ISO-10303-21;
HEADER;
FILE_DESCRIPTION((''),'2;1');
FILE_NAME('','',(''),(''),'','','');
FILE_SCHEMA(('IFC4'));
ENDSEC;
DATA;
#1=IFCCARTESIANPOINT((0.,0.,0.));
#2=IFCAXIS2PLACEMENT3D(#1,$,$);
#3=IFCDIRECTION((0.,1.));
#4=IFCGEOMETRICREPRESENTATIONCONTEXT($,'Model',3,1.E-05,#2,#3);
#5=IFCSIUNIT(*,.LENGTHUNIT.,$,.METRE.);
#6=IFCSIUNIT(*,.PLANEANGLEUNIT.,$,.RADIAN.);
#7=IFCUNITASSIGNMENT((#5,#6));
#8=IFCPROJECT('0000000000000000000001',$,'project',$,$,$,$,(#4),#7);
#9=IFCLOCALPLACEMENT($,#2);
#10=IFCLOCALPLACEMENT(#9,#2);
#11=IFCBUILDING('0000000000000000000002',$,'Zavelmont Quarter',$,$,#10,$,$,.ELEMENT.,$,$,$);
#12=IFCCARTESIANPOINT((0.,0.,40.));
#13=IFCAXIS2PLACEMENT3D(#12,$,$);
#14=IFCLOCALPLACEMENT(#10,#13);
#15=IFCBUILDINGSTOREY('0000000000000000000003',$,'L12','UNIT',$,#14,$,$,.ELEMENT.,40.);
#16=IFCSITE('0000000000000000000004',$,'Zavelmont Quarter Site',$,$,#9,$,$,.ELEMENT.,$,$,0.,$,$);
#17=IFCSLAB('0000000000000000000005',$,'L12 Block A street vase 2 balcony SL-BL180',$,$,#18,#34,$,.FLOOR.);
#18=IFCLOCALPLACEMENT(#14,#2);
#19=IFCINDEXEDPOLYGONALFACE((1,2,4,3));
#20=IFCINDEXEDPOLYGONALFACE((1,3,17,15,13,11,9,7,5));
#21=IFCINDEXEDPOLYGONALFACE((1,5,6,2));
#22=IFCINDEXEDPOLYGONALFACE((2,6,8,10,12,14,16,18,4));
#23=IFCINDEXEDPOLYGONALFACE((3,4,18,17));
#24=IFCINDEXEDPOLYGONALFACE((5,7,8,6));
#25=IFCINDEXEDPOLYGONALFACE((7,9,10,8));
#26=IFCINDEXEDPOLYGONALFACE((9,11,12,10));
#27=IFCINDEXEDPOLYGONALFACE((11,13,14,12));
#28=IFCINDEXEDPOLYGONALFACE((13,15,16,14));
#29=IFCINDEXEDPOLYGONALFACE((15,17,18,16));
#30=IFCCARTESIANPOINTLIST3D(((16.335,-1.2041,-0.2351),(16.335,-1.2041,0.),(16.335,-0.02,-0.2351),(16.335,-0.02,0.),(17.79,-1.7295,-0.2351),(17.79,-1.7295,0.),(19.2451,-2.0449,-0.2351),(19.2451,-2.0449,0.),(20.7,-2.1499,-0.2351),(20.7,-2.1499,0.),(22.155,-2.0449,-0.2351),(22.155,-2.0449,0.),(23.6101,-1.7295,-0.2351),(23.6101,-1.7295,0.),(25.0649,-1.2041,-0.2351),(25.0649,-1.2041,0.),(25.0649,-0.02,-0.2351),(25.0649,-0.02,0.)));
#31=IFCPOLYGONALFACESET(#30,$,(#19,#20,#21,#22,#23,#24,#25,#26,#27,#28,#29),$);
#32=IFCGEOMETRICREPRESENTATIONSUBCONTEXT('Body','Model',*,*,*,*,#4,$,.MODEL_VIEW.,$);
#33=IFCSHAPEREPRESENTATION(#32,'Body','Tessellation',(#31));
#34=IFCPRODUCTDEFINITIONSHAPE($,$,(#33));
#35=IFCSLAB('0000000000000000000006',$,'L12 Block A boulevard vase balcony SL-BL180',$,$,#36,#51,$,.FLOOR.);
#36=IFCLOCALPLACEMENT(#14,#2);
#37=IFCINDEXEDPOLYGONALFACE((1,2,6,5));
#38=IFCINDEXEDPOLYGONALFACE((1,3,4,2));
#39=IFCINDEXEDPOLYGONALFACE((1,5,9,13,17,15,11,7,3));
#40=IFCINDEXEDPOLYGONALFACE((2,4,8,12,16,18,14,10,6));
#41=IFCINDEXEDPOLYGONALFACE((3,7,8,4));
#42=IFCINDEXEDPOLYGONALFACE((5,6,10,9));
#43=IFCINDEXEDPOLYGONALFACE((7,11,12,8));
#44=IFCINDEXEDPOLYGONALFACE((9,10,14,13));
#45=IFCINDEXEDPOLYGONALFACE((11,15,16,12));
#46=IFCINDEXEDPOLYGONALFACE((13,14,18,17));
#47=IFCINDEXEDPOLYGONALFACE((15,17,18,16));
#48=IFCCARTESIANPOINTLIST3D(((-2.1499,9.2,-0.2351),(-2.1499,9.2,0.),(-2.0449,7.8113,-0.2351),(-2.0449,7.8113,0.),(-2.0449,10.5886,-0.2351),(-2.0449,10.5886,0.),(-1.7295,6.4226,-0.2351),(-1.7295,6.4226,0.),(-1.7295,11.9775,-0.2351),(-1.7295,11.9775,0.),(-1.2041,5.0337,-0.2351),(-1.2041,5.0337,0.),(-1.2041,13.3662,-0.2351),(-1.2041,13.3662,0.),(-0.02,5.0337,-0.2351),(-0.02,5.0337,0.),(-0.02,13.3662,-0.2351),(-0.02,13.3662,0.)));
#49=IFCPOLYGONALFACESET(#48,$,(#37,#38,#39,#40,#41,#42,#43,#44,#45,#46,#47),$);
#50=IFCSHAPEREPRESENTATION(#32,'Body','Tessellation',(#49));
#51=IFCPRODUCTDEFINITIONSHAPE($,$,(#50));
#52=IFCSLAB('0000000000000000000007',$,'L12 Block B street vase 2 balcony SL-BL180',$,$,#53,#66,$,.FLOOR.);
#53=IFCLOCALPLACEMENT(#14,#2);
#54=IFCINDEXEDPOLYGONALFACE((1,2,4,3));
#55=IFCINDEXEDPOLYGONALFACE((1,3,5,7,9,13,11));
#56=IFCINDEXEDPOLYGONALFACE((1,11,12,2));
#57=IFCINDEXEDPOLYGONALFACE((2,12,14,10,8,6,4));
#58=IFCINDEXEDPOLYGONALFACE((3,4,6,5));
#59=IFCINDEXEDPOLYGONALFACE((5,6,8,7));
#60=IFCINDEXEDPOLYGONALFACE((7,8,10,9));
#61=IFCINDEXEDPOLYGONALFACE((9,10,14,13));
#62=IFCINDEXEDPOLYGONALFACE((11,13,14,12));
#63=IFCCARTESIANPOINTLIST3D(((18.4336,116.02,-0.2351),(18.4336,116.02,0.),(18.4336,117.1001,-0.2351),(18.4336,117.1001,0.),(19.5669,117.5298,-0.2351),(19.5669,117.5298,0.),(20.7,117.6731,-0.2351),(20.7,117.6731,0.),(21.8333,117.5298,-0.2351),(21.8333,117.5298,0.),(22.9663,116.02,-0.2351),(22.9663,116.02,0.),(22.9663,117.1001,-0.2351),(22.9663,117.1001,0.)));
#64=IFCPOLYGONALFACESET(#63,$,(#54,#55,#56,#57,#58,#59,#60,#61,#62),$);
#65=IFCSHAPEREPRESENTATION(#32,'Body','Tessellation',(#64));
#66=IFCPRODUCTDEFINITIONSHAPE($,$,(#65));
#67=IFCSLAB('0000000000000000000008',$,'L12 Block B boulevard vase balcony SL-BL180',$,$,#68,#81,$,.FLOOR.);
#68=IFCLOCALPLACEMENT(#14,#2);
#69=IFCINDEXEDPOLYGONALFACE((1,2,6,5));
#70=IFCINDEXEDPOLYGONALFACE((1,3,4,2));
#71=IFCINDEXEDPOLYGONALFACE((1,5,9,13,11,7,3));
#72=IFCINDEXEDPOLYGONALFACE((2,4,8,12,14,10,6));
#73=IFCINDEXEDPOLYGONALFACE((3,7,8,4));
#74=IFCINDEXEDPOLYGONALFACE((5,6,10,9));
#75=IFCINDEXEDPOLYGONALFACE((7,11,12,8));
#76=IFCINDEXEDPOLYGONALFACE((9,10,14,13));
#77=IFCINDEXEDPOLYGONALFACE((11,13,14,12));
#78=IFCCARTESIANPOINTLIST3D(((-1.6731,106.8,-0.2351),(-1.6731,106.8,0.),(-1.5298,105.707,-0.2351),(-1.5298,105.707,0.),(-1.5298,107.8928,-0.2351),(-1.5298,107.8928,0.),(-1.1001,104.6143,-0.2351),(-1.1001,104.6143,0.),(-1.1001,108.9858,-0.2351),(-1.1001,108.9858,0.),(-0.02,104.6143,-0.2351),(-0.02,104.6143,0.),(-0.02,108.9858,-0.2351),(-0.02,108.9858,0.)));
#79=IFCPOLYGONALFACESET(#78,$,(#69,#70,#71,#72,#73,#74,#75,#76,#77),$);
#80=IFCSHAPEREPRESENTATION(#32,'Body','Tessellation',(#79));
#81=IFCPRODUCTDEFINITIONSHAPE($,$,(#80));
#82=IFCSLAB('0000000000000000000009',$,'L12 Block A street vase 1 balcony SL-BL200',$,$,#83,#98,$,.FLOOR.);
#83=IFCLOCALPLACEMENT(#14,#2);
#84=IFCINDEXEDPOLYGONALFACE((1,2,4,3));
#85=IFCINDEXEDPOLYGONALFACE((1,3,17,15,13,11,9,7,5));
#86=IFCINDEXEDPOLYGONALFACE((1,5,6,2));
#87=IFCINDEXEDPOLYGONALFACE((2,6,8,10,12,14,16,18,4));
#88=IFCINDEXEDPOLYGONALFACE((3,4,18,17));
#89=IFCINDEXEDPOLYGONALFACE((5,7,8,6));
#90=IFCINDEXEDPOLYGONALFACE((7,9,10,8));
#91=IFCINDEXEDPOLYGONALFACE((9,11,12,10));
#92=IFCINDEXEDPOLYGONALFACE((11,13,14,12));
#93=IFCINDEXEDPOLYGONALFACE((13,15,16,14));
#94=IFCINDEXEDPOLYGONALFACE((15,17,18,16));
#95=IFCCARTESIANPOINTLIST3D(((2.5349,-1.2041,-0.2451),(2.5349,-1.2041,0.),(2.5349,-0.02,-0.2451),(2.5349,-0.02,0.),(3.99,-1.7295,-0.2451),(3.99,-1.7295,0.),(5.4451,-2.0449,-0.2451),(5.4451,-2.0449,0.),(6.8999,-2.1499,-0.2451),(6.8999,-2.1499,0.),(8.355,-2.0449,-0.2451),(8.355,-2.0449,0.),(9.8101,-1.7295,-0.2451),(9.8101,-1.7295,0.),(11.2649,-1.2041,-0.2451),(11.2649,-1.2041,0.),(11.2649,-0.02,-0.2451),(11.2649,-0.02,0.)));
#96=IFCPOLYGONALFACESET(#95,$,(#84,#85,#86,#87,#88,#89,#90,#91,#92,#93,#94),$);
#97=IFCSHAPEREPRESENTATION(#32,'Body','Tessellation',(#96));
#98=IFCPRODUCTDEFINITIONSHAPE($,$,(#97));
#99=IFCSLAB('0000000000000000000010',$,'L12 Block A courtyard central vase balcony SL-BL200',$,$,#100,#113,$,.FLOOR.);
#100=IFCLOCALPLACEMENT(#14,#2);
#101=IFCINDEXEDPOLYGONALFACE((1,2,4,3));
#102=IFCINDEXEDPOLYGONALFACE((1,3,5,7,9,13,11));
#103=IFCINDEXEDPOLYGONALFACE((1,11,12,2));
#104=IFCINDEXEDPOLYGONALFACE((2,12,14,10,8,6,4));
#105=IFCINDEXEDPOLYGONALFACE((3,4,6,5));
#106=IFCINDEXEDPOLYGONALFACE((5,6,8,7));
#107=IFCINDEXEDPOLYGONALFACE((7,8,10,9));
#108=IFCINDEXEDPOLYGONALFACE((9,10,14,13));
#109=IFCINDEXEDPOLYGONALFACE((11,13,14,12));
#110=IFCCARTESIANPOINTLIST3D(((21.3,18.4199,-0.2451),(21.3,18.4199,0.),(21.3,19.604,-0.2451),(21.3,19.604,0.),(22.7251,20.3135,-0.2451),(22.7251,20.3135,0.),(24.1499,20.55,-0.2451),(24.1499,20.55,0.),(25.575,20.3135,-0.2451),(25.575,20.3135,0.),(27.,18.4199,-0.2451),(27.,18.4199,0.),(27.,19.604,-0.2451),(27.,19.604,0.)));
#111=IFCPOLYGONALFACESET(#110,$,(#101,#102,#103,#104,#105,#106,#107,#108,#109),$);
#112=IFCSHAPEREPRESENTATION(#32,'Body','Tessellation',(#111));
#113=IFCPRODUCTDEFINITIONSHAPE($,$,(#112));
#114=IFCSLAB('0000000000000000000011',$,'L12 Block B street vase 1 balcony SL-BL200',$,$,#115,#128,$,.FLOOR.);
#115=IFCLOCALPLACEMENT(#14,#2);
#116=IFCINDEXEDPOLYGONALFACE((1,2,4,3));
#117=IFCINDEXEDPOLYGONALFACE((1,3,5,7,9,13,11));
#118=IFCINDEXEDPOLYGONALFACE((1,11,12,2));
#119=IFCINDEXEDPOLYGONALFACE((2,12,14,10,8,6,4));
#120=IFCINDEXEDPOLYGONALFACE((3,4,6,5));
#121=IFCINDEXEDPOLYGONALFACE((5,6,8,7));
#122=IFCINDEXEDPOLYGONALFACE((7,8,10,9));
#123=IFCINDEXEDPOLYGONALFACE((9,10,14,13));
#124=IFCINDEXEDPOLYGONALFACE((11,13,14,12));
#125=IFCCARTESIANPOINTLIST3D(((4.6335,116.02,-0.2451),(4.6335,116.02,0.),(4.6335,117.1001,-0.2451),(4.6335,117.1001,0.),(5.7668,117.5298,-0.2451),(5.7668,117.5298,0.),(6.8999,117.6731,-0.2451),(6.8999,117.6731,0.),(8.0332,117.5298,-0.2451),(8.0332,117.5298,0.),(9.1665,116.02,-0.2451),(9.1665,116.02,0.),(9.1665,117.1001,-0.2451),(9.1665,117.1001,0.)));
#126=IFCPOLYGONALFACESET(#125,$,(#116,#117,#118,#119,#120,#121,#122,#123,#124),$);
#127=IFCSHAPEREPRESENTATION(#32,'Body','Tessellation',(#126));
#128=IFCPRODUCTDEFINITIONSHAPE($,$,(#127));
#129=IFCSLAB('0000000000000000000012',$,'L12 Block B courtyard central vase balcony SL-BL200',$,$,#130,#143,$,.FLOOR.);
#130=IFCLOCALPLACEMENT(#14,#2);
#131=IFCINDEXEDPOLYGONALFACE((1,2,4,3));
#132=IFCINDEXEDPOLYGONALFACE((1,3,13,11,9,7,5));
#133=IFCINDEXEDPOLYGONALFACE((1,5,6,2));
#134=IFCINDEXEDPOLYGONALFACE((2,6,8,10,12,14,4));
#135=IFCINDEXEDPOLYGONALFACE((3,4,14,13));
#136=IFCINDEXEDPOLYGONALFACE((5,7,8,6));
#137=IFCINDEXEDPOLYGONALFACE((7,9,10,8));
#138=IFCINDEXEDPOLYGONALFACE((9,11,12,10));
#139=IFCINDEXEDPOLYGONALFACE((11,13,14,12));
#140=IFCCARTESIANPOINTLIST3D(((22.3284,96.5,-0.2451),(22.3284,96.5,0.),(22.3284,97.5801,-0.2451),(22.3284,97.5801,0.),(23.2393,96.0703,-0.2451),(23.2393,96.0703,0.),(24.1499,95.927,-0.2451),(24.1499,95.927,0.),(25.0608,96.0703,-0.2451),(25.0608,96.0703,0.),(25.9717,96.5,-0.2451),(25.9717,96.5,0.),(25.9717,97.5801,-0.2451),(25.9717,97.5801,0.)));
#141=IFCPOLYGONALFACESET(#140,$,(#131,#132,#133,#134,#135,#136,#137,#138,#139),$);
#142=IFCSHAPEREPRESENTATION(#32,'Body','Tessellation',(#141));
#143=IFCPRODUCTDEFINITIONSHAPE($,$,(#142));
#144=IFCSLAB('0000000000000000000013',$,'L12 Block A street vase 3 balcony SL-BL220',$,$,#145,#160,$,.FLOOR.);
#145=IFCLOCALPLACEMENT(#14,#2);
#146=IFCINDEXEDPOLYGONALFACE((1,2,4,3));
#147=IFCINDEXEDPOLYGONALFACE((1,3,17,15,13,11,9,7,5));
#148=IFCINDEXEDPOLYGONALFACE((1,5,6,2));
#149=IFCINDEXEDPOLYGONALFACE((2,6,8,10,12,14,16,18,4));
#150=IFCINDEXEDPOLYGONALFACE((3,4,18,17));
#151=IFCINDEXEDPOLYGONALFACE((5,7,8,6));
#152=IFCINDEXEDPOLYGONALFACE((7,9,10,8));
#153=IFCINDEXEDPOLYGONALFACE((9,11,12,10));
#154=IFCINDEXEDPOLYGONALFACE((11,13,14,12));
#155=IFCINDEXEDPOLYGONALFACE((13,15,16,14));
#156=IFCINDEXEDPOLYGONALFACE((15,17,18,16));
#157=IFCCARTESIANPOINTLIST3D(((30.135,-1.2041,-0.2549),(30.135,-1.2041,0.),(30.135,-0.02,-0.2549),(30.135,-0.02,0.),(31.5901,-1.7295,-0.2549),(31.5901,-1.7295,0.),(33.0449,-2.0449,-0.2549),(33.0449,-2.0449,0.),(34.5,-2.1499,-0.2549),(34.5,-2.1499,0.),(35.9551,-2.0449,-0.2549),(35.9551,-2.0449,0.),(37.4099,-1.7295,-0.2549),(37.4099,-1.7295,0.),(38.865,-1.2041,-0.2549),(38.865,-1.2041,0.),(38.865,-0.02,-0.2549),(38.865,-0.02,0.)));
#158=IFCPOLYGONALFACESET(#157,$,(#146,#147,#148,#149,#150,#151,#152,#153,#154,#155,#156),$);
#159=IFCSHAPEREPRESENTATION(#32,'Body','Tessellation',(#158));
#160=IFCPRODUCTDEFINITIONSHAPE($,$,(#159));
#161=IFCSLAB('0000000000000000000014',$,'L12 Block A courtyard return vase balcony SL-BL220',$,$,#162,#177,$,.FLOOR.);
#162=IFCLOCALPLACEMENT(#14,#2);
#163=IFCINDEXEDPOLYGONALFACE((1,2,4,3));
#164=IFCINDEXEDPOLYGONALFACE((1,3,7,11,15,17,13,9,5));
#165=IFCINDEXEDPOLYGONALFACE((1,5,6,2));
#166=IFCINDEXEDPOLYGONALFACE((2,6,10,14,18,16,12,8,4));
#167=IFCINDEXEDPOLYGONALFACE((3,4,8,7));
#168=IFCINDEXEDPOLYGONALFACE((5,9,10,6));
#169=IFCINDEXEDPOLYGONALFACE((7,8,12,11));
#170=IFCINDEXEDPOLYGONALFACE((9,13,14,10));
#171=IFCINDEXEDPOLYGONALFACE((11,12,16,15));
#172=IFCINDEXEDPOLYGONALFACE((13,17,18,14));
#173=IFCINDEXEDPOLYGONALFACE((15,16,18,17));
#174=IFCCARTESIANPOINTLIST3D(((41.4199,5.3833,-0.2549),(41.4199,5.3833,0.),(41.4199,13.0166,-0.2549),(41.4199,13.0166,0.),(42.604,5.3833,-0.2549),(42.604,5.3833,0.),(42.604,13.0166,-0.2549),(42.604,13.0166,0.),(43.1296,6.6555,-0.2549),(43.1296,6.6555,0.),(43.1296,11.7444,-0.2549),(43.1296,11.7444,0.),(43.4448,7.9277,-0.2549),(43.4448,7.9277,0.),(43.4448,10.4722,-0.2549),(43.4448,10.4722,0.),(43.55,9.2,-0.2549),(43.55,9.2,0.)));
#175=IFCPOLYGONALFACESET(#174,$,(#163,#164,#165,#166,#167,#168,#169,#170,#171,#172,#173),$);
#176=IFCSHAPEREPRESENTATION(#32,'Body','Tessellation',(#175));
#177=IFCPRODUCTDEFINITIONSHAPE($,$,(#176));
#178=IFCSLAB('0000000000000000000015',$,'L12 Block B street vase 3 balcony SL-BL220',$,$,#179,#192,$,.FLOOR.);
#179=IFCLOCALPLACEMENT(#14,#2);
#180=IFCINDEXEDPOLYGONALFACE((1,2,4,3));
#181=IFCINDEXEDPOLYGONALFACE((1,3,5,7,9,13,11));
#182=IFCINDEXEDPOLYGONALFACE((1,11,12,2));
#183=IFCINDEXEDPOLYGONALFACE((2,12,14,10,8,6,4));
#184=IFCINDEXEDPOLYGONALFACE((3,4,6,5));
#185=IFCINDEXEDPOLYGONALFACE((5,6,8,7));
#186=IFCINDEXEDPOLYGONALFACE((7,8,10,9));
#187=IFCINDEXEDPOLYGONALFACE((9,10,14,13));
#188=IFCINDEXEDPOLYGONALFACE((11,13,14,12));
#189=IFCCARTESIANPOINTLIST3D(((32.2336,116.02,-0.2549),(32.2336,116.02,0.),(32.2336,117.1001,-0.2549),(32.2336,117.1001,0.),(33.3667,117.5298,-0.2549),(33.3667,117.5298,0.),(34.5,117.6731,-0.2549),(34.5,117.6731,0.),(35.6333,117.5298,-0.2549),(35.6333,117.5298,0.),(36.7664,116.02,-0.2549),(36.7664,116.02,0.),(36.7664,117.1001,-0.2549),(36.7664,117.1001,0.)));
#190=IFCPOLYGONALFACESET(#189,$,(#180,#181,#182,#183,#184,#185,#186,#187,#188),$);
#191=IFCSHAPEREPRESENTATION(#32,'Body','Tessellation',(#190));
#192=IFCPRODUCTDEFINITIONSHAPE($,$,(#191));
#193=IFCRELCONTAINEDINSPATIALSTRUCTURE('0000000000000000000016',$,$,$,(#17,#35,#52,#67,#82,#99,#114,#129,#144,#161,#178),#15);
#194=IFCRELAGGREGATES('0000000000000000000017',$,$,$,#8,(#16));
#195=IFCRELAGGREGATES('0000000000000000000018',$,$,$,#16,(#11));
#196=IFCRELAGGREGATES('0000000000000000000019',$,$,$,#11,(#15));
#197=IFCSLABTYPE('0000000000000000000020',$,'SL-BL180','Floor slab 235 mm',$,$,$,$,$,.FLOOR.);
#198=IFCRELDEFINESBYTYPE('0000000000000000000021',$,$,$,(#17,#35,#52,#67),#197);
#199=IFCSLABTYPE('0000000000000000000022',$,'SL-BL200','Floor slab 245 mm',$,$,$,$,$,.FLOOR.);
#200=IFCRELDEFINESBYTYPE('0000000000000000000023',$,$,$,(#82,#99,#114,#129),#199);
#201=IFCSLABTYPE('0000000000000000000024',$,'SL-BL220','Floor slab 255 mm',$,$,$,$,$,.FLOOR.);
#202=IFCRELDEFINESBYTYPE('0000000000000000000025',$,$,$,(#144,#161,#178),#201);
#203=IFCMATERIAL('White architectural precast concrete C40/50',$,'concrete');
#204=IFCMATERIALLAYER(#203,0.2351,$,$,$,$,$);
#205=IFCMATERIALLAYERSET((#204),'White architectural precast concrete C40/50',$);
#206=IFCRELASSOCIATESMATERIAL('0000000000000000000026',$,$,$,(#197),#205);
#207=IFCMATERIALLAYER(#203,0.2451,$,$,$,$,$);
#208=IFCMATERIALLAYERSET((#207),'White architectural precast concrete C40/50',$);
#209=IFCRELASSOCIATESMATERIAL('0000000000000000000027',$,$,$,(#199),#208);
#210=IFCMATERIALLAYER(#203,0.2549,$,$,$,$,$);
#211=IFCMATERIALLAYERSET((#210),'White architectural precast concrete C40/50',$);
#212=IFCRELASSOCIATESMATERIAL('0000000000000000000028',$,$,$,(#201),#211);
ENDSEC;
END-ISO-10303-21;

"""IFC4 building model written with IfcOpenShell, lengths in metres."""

from ifc_helpers import new_model, si_unit, direction, frame, origin, place, context, subcontext, project, spatial, polyline, outline, extrude, material, layer, layer_set, type_object, element, save


model = new_model("IFC4")

# Units and contexts
model_context = context("Model", 3, precision=1e-05, world=origin(), true_north=direction((0.0, 1.0)))
body_context = subcontext(model_context, "Body", "Model", "MODEL_VIEW")
ifc_project = project(units=[si_unit("LENGTHUNIT", "METRE"), si_unit("PLANEANGLEUNIT", "RADIAN")], contexts=[model_context])

# Site, building, storey
site_placement = place(None, origin())
site = spatial("IfcSite", under=ifc_project, at=site_placement, Name="Zavelmont Quarter Site", CompositionType="ELEMENT", RefElevation=0.0)
building_placement = place(site_placement, origin())
building = spatial("IfcBuilding", under=site, at=building_placement, Name="Zavelmont Quarter", CompositionType="ELEMENT")
storey_placement = place(building_placement, frame((0.0, 0.0, 40.0)))
storey = spatial("IfcBuildingStorey", under=building, at=storey_placement, Name="L12", Description="UNIT", CompositionType="ELEMENT", Elevation=40.0)

# Slabs
ifc_material_1 = material(Name="White architectural precast concrete C40/50", Category="concrete")
ifc_layer_1 = layer(ifc_material_1, 0.2351)
ifc_layer_set_1 = layer_set([ifc_layer_1], Name="White architectural precast concrete C40/50")
slab_type_1 = type_object("IfcSlabType", Name="SL-BL180", Description="Floor slab 235 mm", PredefinedType="FLOOR", material=ifc_layer_set_1)
slab_1_placement = place(storey_placement, frame((0.0, 0.0, -0.2351)))
element("IfcSlab", 1, at=slab_1_placement, inside=storey, type_object=slab_type_1, Name="L12 Block A street vase 2 balcony SL-BL180", PredefinedType="FLOOR", context=body_context, shape_type="SweptSolid", body=[
    extrude(outline(polyline([(16.335, -0.02), (16.335, -1.2041), (17.79, -1.7295), (19.2451, -2.0449), (20.7, -2.1499), (22.155, -2.0449), (23.6101, -1.7295), (25.0649, -1.2041), (25.0649, -0.02), (16.335, -0.02)])), origin(), (0.0, 0.0, 1.0), 0.2351),
])
slab_2_placement = place(storey_placement, frame((0.0, 0.0, -0.2351)))
element("IfcSlab", 2, at=slab_2_placement, inside=storey, type_object=slab_type_1, Name="L12 Block A boulevard vase balcony SL-BL180", PredefinedType="FLOOR", context=body_context, shape_type="SweptSolid", body=[
    extrude(outline(polyline([(-0.02, 13.3662), (-1.2041, 13.3662), (-1.7295, 11.9775), (-2.0449, 10.5886), (-2.1499, 9.2), (-2.0449, 7.8113), (-1.7295, 6.4226), (-1.2041, 5.0337), (-0.02, 5.0337), (-0.02, 13.3662)])), origin(), (0.0, 0.0, 1.0), 0.2351),
])
slab_3_placement = place(storey_placement, frame((0.0, 0.0, -0.2351)))
element("IfcSlab", 3, at=slab_3_placement, inside=storey, type_object=slab_type_1, Name="L12 Block B street vase 2 balcony SL-BL180", PredefinedType="FLOOR", context=body_context, shape_type="SweptSolid", body=[
    extrude(outline(polyline([(22.9663, 116.02), (22.9663, 117.1001), (21.8333, 117.5298), (20.7, 117.6731), (19.5669, 117.5298), (18.4336, 117.1001), (18.4336, 116.02), (22.9663, 116.02)])), origin(), (0.0, 0.0, 1.0), 0.2351),
])
slab_4_placement = place(storey_placement, frame((0.0, 0.0, -0.2351)))
element("IfcSlab", 4, at=slab_4_placement, inside=storey, type_object=slab_type_1, Name="L12 Block B boulevard vase balcony SL-BL180", PredefinedType="FLOOR", context=body_context, shape_type="SweptSolid", body=[
    extrude(outline(polyline([(-0.02, 108.9858), (-1.1001, 108.9858), (-1.5298, 107.8928), (-1.6731, 106.8), (-1.5298, 105.707), (-1.1001, 104.6143), (-0.02, 104.6143), (-0.02, 108.9858)])), origin(), (0.0, 0.0, 1.0), 0.2351),
])
ifc_layer_2 = layer(ifc_material_1, 0.2451)
ifc_layer_set_2 = layer_set([ifc_layer_2], Name="White architectural precast concrete C40/50")
slab_type_2 = type_object("IfcSlabType", Name="SL-BL200", Description="Floor slab 245 mm", PredefinedType="FLOOR", material=ifc_layer_set_2)
slab_5_placement = place(storey_placement, frame((0.0, 0.0, -0.2451)))
element("IfcSlab", 5, at=slab_5_placement, inside=storey, type_object=slab_type_2, Name="L12 Block A street vase 1 balcony SL-BL200", PredefinedType="FLOOR", context=body_context, shape_type="SweptSolid", body=[
    extrude(outline(polyline([(2.5349, -0.02), (2.5349, -1.2041), (3.99, -1.7295), (5.4451, -2.0449), (6.8999, -2.1499), (8.355, -2.0449), (9.8101, -1.7295), (11.2649, -1.2041), (11.2649, -0.02), (2.5349, -0.02)])), origin(), (0.0, 0.0, 1.0), 0.2451),
])
slab_6_placement = place(storey_placement, frame((0.0, 0.0, -0.2451)))
element("IfcSlab", 6, at=slab_6_placement, inside=storey, type_object=slab_type_2, Name="L12 Block A courtyard central vase balcony SL-BL200", PredefinedType="FLOOR", context=body_context, shape_type="SweptSolid", body=[
    extrude(outline(polyline([(27.0, 18.4199), (27.0, 19.604), (25.575, 20.3135), (24.1499, 20.55), (22.7251, 20.3135), (21.3, 19.604), (21.3, 18.4199), (27.0, 18.4199)])), origin(), (0.0, 0.0, 1.0), 0.2451),
])
slab_7_placement = place(storey_placement, frame((0.0, 0.0, -0.2451)))
element("IfcSlab", 7, at=slab_7_placement, inside=storey, type_object=slab_type_2, Name="L12 Block B street vase 1 balcony SL-BL200", PredefinedType="FLOOR", context=body_context, shape_type="SweptSolid", body=[
    extrude(outline(polyline([(9.1665, 116.02), (9.1665, 117.1001), (8.0332, 117.5298), (6.8999, 117.6731), (5.7668, 117.5298), (4.6335, 117.1001), (4.6335, 116.02), (9.1665, 116.02)])), origin(), (0.0, 0.0, 1.0), 0.2451),
])
slab_8_placement = place(storey_placement, frame((0.0, 0.0, -0.2451)))
element("IfcSlab", 8, at=slab_8_placement, inside=storey, type_object=slab_type_2, Name="L12 Block B courtyard central vase balcony SL-BL200", PredefinedType="FLOOR", context=body_context, shape_type="SweptSolid", body=[
    extrude(outline(polyline([(22.3284, 97.5801), (22.3284, 96.5), (23.2393, 96.0703), (24.1499, 95.927), (25.0608, 96.0703), (25.9717, 96.5), (25.9717, 97.5801), (22.3284, 97.5801)])), origin(), (0.0, 0.0, 1.0), 0.2451),
])
ifc_layer_3 = layer(ifc_material_1, 0.2549)
ifc_layer_set_3 = layer_set([ifc_layer_3], Name="White architectural precast concrete C40/50")
slab_type_3 = type_object("IfcSlabType", Name="SL-BL220", Description="Floor slab 255 mm", PredefinedType="FLOOR", material=ifc_layer_set_3)
slab_9_placement = place(storey_placement, frame((0.0, 0.0, -0.2549)))
element("IfcSlab", 9, at=slab_9_placement, inside=storey, type_object=slab_type_3, Name="L12 Block A street vase 3 balcony SL-BL220", PredefinedType="FLOOR", context=body_context, shape_type="SweptSolid", body=[
    extrude(outline(polyline([(30.135, -0.02), (30.135, -1.2041), (31.5901, -1.7295), (33.0449, -2.0449), (34.5, -2.1499), (35.9551, -2.0449), (37.4099, -1.7295), (38.865, -1.2041), (38.865, -0.02), (30.135, -0.02)])), origin(), (0.0, 0.0, 1.0), 0.2549),
])
slab_10_placement = place(storey_placement, frame((0.0, 0.0, -0.2549)))
element("IfcSlab", 10, at=slab_10_placement, inside=storey, type_object=slab_type_3, Name="L12 Block A courtyard return vase balcony SL-BL220", PredefinedType="FLOOR", context=body_context, shape_type="SweptSolid", body=[
    extrude(outline(polyline([(41.4199, 5.3833), (42.604, 5.3833), (43.1296, 6.6555), (43.4448, 7.9277), (43.55, 9.2), (43.4448, 10.4722), (43.1296, 11.7444), (42.604, 13.0166), (41.4199, 13.0166), (41.4199, 5.3833)])), origin(), (0.0, 0.0, 1.0), 0.2549),
])
slab_11_placement = place(storey_placement, frame((0.0, 0.0, -0.2549)))
element("IfcSlab", 11, at=slab_11_placement, inside=storey, type_object=slab_type_3, Name="L12 Block B street vase 3 balcony SL-BL220", PredefinedType="FLOOR", context=body_context, shape_type="SweptSolid", body=[
    extrude(outline(polyline([(36.7664, 116.02), (36.7664, 117.1001), (35.6333, 117.5298), (34.5, 117.6731), (33.3667, 117.5298), (32.2336, 117.1001), (32.2336, 116.02), (36.7664, 116.02)])), origin(), (0.0, 0.0, 1.0), 0.2549),
])

save(model, "model.ifc")
